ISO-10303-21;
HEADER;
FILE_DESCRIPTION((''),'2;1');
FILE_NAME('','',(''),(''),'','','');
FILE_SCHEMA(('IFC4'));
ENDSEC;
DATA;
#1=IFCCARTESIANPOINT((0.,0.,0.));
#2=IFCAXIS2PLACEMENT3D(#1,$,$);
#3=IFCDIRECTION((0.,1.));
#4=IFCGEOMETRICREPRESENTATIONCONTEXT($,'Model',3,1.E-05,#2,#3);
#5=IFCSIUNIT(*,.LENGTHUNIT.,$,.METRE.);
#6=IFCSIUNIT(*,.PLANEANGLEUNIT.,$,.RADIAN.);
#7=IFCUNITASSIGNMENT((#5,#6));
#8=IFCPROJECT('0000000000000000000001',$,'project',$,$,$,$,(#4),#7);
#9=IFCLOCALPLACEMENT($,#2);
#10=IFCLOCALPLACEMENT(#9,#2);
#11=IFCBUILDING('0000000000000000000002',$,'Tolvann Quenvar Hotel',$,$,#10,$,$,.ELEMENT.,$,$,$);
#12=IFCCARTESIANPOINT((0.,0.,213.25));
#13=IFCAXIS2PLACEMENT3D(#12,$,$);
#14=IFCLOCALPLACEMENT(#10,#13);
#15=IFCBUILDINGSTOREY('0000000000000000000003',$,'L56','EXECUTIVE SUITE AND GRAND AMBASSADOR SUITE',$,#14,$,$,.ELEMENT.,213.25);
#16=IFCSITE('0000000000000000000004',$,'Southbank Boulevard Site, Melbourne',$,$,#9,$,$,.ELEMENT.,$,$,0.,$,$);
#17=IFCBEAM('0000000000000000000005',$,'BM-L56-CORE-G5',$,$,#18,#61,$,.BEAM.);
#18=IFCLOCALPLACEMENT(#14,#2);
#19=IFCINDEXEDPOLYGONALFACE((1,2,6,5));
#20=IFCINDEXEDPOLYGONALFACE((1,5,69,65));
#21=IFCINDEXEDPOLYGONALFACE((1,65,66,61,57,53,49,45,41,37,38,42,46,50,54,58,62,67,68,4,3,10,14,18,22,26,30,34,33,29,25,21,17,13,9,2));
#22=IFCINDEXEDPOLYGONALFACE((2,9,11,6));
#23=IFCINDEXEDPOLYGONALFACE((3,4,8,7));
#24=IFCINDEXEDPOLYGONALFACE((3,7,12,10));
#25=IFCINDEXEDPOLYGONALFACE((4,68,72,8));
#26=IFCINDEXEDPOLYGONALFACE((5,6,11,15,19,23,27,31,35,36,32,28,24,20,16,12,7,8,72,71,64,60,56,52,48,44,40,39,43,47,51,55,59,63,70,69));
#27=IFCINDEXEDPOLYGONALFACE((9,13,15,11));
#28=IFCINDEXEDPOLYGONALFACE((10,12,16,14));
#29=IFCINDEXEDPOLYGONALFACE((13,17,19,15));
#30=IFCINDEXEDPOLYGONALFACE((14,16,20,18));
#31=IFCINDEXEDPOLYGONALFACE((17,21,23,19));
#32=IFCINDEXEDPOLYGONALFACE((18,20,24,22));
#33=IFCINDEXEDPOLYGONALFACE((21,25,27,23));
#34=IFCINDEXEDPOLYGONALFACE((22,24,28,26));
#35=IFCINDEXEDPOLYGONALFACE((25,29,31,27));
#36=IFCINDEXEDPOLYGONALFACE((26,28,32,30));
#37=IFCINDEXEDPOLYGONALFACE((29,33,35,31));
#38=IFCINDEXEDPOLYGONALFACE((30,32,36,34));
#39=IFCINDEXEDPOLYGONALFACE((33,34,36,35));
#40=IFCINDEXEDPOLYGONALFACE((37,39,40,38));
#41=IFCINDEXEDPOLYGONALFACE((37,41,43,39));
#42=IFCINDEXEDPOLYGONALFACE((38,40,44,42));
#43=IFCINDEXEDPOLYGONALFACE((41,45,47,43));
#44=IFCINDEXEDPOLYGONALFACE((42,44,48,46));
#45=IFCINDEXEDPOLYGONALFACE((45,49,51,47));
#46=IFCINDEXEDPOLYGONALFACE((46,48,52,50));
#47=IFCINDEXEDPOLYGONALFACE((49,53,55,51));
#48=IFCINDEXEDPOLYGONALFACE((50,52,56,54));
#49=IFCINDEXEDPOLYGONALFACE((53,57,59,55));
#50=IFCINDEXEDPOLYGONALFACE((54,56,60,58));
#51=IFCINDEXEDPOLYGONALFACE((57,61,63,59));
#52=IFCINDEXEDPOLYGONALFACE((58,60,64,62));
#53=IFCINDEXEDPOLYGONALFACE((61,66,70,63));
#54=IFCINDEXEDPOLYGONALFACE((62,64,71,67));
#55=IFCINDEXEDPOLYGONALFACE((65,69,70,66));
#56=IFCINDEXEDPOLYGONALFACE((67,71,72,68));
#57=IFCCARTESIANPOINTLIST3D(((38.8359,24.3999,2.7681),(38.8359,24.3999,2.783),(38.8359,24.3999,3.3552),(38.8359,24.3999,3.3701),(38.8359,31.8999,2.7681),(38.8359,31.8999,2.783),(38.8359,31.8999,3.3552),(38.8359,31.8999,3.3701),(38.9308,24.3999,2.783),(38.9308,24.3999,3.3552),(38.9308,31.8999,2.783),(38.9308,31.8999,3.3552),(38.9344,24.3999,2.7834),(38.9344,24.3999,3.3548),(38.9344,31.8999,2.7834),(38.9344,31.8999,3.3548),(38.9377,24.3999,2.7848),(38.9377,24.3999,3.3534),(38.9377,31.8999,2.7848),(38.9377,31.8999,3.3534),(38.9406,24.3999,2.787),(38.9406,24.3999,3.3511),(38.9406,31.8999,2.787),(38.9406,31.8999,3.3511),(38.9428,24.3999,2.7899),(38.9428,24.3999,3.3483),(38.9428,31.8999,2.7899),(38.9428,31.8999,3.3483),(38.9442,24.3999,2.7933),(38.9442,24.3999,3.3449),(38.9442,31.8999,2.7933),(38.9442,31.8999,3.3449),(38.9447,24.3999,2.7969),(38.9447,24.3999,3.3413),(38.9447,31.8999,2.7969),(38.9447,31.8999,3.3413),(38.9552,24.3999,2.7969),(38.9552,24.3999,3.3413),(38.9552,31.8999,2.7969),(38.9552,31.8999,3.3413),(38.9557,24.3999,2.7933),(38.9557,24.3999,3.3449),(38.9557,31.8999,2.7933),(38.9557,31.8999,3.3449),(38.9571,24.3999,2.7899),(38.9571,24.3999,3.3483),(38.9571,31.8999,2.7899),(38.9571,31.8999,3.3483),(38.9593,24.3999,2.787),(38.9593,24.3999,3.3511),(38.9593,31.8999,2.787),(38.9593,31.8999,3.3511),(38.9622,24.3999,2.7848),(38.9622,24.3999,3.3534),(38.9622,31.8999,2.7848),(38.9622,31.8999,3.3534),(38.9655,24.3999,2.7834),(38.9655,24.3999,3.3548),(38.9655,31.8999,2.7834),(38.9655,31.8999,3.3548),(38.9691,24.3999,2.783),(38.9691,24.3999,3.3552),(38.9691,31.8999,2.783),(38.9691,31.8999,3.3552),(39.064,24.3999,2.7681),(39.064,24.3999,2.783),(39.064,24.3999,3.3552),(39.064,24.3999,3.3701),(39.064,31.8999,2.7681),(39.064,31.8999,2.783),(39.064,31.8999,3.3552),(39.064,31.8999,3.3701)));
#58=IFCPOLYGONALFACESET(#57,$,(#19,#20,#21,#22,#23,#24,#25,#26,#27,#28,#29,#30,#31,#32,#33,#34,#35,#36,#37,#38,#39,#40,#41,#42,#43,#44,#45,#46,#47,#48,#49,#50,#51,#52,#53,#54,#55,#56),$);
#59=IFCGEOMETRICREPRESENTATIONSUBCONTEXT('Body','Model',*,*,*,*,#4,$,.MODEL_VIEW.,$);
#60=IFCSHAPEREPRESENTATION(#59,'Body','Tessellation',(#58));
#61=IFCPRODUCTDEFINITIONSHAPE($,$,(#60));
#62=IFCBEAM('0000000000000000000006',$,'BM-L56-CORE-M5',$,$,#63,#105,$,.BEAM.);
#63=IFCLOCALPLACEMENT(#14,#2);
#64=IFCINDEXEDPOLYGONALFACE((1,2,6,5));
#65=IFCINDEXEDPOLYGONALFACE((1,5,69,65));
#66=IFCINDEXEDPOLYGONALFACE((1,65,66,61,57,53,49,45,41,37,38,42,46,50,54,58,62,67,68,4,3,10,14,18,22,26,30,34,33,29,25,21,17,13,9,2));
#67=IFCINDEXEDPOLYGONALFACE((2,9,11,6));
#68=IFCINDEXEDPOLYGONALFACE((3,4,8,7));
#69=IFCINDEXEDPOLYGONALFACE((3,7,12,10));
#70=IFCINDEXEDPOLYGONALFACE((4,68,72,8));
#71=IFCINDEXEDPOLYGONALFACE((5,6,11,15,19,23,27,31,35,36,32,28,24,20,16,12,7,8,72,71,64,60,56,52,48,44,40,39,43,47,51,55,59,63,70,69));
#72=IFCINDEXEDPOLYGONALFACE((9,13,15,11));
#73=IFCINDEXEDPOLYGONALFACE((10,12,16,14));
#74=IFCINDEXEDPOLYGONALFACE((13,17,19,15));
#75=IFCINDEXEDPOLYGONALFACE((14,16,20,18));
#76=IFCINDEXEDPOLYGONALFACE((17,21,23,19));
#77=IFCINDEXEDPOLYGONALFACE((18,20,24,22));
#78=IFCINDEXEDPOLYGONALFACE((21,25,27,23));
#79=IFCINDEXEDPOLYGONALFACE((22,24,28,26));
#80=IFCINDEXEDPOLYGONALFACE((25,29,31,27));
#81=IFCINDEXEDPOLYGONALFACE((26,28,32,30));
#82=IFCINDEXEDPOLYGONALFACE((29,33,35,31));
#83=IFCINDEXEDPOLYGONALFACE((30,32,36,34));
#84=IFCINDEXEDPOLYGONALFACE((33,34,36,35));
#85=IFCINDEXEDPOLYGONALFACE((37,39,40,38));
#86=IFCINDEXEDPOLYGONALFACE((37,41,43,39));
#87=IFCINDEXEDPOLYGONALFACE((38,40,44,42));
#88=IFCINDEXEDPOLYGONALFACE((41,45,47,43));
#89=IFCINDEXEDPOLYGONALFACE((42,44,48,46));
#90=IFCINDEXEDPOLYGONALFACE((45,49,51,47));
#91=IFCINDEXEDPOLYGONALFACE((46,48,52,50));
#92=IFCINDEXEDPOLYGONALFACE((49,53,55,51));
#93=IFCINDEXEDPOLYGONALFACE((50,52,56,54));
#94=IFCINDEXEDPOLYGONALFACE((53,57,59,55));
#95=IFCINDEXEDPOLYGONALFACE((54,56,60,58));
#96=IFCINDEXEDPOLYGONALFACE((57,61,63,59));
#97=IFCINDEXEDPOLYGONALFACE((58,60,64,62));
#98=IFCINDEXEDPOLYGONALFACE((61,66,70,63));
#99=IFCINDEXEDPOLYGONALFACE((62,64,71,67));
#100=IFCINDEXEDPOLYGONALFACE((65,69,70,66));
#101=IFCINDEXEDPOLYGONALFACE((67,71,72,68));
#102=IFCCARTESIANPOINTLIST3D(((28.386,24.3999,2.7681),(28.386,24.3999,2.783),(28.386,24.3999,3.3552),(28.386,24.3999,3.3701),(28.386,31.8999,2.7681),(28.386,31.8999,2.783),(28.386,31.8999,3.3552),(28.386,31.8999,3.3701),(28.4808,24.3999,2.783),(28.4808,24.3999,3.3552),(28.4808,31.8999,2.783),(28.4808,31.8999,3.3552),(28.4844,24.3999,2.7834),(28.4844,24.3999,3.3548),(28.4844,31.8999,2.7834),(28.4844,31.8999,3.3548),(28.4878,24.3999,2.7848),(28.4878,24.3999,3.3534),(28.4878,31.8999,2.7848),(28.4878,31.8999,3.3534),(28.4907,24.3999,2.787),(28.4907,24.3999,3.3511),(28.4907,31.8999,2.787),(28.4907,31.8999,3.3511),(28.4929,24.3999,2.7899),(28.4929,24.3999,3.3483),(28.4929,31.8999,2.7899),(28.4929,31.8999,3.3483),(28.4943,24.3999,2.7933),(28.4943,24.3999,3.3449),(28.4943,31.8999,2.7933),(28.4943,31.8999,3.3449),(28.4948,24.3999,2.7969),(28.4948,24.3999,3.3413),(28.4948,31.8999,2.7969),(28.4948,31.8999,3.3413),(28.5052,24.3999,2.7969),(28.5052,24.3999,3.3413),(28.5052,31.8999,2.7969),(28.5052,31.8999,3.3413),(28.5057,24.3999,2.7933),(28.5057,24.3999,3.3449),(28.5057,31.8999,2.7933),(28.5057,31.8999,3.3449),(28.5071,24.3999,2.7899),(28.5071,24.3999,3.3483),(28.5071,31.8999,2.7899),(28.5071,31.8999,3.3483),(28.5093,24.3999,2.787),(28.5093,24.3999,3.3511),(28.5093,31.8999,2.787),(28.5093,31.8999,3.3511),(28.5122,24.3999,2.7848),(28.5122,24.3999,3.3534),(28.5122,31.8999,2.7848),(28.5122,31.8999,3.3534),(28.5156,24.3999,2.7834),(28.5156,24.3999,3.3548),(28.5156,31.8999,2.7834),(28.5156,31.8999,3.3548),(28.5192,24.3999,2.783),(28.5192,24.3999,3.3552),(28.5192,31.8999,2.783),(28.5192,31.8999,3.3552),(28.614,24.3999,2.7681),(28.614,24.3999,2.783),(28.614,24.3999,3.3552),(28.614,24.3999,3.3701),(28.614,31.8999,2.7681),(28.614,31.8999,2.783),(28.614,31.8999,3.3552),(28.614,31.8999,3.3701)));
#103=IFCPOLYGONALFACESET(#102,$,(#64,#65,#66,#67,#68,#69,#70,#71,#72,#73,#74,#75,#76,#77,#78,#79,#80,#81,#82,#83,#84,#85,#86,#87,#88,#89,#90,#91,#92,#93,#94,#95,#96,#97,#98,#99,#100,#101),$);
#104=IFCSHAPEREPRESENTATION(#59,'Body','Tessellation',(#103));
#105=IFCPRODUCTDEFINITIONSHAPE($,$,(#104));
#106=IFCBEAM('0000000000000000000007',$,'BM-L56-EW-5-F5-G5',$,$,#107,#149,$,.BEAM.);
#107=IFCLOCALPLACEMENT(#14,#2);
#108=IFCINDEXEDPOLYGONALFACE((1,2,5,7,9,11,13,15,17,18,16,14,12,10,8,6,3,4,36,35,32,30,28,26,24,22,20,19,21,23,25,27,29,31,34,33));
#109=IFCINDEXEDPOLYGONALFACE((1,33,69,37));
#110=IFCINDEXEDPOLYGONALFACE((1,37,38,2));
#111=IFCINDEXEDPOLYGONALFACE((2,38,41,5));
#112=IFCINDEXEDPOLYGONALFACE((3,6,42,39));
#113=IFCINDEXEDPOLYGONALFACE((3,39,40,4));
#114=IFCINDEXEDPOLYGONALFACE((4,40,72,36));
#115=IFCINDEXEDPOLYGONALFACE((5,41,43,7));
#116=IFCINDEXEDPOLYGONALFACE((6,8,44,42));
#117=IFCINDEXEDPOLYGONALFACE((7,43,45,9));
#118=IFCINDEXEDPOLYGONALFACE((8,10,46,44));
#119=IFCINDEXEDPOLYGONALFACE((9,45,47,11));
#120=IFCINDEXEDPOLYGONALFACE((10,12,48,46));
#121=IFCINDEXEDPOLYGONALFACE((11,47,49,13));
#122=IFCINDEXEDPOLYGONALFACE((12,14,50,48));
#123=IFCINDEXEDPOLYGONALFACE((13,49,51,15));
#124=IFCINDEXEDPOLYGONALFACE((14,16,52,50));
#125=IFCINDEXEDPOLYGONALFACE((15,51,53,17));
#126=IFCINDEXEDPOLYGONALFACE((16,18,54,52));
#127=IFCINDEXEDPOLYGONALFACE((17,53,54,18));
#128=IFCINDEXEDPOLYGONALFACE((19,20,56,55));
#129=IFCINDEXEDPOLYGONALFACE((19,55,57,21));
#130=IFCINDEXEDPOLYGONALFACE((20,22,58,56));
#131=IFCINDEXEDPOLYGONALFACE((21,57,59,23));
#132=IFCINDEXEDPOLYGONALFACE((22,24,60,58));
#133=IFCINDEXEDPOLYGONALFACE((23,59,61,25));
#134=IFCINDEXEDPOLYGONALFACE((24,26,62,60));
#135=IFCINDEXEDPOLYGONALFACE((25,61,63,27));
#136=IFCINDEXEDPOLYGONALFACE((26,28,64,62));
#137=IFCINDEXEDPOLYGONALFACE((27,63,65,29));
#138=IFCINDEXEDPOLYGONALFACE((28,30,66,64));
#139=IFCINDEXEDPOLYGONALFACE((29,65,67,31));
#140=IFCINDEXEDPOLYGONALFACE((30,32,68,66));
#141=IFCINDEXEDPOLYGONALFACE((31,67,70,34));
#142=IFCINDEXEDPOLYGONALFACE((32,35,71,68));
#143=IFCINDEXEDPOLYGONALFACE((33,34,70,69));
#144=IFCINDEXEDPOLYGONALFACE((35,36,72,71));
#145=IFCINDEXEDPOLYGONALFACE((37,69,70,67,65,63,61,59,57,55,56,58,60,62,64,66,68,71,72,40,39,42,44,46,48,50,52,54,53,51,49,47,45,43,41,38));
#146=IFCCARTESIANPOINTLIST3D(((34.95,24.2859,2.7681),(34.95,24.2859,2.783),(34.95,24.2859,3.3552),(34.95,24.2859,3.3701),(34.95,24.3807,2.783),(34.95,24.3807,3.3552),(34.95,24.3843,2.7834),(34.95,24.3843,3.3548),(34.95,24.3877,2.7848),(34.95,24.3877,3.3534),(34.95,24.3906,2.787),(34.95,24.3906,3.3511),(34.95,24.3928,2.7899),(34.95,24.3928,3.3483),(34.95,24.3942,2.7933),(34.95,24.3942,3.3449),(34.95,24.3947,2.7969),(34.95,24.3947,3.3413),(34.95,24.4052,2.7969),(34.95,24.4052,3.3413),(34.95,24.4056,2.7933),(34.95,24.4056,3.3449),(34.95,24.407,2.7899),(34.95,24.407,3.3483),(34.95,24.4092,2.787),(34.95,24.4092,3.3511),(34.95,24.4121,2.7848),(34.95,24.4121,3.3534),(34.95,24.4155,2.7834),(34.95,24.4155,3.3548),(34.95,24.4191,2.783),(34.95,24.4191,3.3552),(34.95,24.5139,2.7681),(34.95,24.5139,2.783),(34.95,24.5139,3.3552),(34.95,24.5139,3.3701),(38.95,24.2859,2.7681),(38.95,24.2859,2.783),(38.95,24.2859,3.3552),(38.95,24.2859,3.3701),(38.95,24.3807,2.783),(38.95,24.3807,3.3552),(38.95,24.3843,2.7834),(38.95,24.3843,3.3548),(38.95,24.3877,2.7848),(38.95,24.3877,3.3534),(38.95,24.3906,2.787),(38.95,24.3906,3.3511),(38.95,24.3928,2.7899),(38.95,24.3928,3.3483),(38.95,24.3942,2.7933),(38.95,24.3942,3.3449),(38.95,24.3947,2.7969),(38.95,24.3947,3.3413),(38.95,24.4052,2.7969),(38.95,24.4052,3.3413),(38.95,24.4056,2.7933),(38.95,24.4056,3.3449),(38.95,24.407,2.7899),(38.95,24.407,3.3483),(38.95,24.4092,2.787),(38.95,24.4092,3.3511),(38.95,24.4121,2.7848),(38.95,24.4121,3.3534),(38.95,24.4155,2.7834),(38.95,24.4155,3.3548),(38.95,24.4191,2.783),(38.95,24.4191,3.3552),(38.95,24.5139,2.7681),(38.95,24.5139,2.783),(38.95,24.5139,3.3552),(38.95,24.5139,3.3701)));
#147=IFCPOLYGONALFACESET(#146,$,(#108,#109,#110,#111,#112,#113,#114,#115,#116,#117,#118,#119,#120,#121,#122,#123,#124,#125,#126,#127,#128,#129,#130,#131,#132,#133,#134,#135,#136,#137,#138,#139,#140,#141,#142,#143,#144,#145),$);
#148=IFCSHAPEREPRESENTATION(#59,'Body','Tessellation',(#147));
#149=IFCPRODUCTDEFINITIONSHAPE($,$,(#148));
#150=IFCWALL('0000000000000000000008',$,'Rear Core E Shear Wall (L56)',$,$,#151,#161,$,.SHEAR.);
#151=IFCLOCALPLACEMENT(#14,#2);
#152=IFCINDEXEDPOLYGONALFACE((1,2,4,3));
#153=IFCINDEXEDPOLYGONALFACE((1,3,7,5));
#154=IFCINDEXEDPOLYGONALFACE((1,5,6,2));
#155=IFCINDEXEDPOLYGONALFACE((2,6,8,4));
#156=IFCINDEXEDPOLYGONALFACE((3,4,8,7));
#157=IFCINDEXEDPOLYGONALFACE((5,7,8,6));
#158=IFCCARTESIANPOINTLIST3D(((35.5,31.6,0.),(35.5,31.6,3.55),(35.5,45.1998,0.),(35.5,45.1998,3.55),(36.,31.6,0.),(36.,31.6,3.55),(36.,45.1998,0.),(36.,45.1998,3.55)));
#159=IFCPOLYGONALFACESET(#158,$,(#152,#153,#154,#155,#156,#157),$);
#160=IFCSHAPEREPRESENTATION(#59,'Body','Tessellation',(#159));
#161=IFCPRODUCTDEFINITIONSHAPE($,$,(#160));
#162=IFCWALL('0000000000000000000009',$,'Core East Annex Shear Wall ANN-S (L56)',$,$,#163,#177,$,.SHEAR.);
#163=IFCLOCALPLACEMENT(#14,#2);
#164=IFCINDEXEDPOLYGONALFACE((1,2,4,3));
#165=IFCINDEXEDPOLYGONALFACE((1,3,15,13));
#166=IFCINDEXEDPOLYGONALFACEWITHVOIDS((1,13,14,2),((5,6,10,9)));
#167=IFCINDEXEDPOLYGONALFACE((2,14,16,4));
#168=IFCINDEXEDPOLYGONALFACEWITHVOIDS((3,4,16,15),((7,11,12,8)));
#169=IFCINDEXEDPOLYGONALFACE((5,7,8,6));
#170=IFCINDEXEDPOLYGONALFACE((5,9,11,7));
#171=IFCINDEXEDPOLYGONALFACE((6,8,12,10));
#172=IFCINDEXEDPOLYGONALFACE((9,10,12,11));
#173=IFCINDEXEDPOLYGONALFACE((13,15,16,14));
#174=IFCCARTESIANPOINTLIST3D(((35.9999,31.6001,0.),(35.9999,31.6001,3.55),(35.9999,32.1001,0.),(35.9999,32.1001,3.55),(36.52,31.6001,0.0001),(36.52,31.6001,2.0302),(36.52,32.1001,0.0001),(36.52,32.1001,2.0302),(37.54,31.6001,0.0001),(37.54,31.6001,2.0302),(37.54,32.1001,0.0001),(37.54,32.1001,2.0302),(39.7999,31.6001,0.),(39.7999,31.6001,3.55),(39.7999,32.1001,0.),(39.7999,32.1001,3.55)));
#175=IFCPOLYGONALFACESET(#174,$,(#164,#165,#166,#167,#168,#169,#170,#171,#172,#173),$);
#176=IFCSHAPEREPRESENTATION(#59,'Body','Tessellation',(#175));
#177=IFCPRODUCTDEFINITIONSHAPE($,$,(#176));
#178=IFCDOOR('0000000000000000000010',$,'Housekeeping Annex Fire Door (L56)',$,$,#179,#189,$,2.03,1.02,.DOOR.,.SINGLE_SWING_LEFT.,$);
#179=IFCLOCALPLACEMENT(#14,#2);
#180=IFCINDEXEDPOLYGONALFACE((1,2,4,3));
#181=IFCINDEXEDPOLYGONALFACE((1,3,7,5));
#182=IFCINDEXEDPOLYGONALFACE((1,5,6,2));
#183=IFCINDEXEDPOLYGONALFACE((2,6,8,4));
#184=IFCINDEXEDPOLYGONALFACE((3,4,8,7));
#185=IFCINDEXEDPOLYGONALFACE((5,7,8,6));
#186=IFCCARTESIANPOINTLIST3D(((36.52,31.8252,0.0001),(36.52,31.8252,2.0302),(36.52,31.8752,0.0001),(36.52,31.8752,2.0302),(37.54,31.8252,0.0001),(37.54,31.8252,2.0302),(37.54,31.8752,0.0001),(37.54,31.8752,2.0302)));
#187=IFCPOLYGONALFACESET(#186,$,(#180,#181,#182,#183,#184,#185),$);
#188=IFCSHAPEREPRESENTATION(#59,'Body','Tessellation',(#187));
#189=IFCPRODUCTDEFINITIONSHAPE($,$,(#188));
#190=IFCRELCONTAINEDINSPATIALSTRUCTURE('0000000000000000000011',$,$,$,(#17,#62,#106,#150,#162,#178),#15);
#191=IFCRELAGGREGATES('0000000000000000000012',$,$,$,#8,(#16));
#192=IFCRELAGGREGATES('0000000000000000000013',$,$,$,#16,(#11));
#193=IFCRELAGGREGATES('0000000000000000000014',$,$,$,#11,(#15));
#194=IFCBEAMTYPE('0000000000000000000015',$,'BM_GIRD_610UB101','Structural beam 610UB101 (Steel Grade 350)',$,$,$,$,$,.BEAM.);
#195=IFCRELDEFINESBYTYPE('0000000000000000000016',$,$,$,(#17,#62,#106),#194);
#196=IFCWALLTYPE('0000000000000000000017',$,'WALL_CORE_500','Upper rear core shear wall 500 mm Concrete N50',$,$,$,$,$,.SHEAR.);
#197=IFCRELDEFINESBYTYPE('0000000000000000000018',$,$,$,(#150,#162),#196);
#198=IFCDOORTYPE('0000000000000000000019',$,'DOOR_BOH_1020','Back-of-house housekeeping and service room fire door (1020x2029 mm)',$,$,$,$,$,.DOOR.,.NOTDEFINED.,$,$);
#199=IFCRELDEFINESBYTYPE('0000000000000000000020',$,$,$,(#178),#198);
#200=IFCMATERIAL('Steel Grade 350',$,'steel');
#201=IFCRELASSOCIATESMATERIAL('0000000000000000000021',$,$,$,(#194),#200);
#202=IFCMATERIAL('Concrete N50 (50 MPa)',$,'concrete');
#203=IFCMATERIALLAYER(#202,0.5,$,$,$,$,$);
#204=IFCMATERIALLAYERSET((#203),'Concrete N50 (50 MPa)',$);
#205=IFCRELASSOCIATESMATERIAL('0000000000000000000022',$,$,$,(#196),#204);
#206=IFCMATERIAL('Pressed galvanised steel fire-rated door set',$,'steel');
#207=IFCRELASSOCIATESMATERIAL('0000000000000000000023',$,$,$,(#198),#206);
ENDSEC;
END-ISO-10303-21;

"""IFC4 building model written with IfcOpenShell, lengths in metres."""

from ifc_helpers import new_model, si_unit, direction, frame, frame_2d, origin, origin_2d, place, context, subcontext, project, spatial, rectangle, i_section, extrude, source, transform, mapped, material, layer, layer_set, material_profile, profile_set, type_object, type_shapes, element, fill, save


model = new_model("IFC4")

# Units and contexts
model_context = context("Model", 3, precision=1e-05, world=origin(), true_north=direction((0.0, 1.0)))
body_context = subcontext(model_context, "Body", "Model", "MODEL_VIEW")
ifc_project = project(units=[si_unit("LENGTHUNIT", "METRE"), si_unit("PLANEANGLEUNIT", "RADIAN")], contexts=[model_context])

# Site, building, storey
site_placement = place(None, origin())
site = spatial("IfcSite", under=ifc_project, at=site_placement, Name="Southbank Boulevard Site, Melbourne", CompositionType="ELEMENT", RefElevation=0.0)
building_placement = place(site_placement, origin())
building = spatial("IfcBuilding", under=site, at=building_placement, Name="Tolvann Quenvar Hotel", CompositionType="ELEMENT")
storey_placement = place(building_placement, frame((0.0, 0.0, 213.25)))
storey = spatial("IfcBuildingStorey", under=building, at=storey_placement, Name="L56", Description="EXECUTIVE SUITE AND GRAND AMBASSADOR SUITE", CompositionType="ELEMENT", Elevation=213.25)

# Shared definitions
ifc_material_1 = material(Name="Concrete N50 (50 MPa)", Category="concrete")
ifc_material_2 = material(Name="Steel Grade 350", Category="steel")

# Beams
ifc_material_profile_1 = material_profile(ifc_material_2, i_section(OverallWidth=0.228, OverallDepth=0.6021, WebThickness=0.0105, FlangeThickness=0.0149, FilletRadius=0.0139, at=origin_2d()), Name="610UB101")
ifc_profile_set_1 = profile_set([ifc_material_profile_1], Name="Steel Grade 350")
beam_type_1 = type_object("IfcBeamType", Name="BM_GIRD_610UB101", Description="Structural beam 610UB101 (Steel Grade 350)", PredefinedType="BEAM", material=ifc_profile_set_1)
shared_shape_1 = source(origin(), body_context, "Body", "SweptSolid", [
    extrude(i_section(OverallWidth=0.228, OverallDepth=0.6021, WebThickness=0.0105, FlangeThickness=0.0149, FilletRadius=0.0139, at=origin_2d()), origin(), (0.0, 0.0, 1.0), 7.5),
])
for number, where, z_axis, x_axis, name in (
    (1, (38.95, 24.3999, 3.0691), (0.0, 1.0, 0.0), (-1.0, 0.0, 0.0), "BM-L56-CORE-G5"),
    (2, (28.5, 24.3999, 3.0691), (0.0, 1.0, 0.0), (-1.0, 0.0, 0.0), "BM-L56-CORE-M5"),
):
    element("IfcBeam", number, at=place(storey_placement, frame(where, z_axis=z_axis, x_axis=x_axis)), inside=storey, type_object=beam_type_1, Name=name, PredefinedType="BEAM", context=body_context, shape_type="MappedRepresentation", body=[
        mapped(shared_shape_1, transform((0.0, 0.0, 0.0), x_axis=(1.0, 0.0, 0.0), y_axis=(0.0, 1.0, 0.0), z_axis=(0.0, 0.0, 1.0), scale=1.0)),
    ])
shared_shape_2 = source(origin(), body_context, "Body", "SweptSolid", [
    extrude(i_section(OverallWidth=0.228, OverallDepth=0.6021, WebThickness=0.0105, FlangeThickness=0.0149, FilletRadius=0.0139, at=origin_2d()), origin(), (0.0, 0.0, 1.0), 4.0),
])
type_shapes(beam_type_1, [shared_shape_1, shared_shape_2])
beam_1_placement = place(storey_placement, frame((34.95, 24.3999, 3.0691), z_axis=(1.0, 0.0, 0.0), x_axis=(0.0, 1.0, 0.0)))
element("IfcBeam", 3, at=beam_1_placement, inside=storey, type_object=beam_type_1, Name="BM-L56-EW-5-F5-G5", PredefinedType="BEAM", context=body_context, shape_type="MappedRepresentation", body=[
    mapped(shared_shape_2, transform((0.0, 0.0, 0.0), x_axis=(1.0, 0.0, 0.0), y_axis=(0.0, 1.0, 0.0), z_axis=(0.0, 0.0, 1.0), scale=1.0)),
])

# Wall
ifc_layer_1 = layer(ifc_material_1, 0.5)
ifc_layer_set_1 = layer_set([ifc_layer_1], Name="Concrete N50 (50 MPa)")
wall_type_1 = type_object("IfcWallType", Name="WALL_CORE_500", Description="Upper rear core shear wall 500 mm Concrete N50", PredefinedType="SHEAR", material=ifc_layer_set_1)
wall_1_placement = place(storey_placement, frame((35.75, 31.6001, 0.0), z_axis=(0.0, 0.0, 1.0), x_axis=(0.0, 1.0, 0.0)))
element("IfcWall", 4, at=wall_1_placement, inside=storey, type_object=wall_type_1, Name="Rear Core E Shear Wall (L56)", PredefinedType="SHEAR", context=body_context, shape_type="SweptSolid", body=[
    extrude(rectangle(XDim=13.5999, YDim=0.5, at=frame_2d((6.7998, 0.0))), origin(), (0.0, 0.0, 1.0), 3.55),
])

# Wall, opening, door
wall_2_placement = place(storey_placement, frame((36.0, 31.8501, 0.0), z_axis=(0.0, 0.0, 1.0), x_axis=(1.0, 0.0, 0.0)))
wall_2 = element("IfcWall", 5, at=wall_2_placement, inside=storey, type_object=wall_type_1, Name="Core East Annex Shear Wall ANN-S (L56)", PredefinedType="SHEAR", context=body_context, shape_type="SweptSolid", body=[
    extrude(rectangle(XDim=3.8, YDim=0.5, at=frame_2d((1.8999, 0.0))), origin(), (0.0, 0.0, 1.0), 3.55),
])
opening_1_placement = place(wall_2_placement, frame((1.54, 0.0, 0.0), z_axis=(0.0, 0.0, 1.0), x_axis=(-1.0, 0.0, 0.0)))
opening_1 = element("IfcOpeningElement", 6, at=opening_1_placement, cuts=wall_2, PredefinedType="OPENING", context=body_context, shape_type="SweptSolid", body=[
    extrude(rectangle(XDim=1.02, YDim=2.03, at=frame_2d((0.51, 1.0151))), frame((0.0, 0.26, 0.0), z_axis=(0.0, -1.0, 0.0), x_axis=(1.0, 0.0, 0.0)), (0.0, 0.0, 1.0), 0.52),
])
ifc_material_3 = material(Name="Pressed galvanised steel fire-rated door set", Category="steel")
door_type_1 = type_object("IfcDoorType", Name="DOOR_BOH_1020", Description="Back-of-house housekeeping and service room fire door (1020x2029 mm)", OperationType="NOTDEFINED", PredefinedType="DOOR", material=ifc_material_3)
shared_shape_3 = source(origin(), body_context, "Body", "SweptSolid", [
    extrude(rectangle(XDim=1.02, YDim=2.03, at=frame_2d((0.51, 1.0151))), frame((0.0, 0.0249, 0.0), z_axis=(0.0, -1.0, 0.0), x_axis=(1.0, 0.0, 0.0)), (0.0, 0.0, 1.0), 0.05),
])
type_shapes(door_type_1, [shared_shape_3])
door_1_placement = place(opening_1_placement, origin())
door_1 = element("IfcDoor", 7, at=door_1_placement, inside=storey, type_object=door_type_1, Name="Housekeeping Annex Fire Door (L56)", OperationType="SINGLE_SWING_LEFT", OverallHeight=2.03, OverallWidth=1.02, PredefinedType="DOOR", context=body_context, shape_type="MappedRepresentation", body=[
    mapped(shared_shape_3, transform((0.0, 0.0, 0.0), x_axis=(1.0, 0.0, 0.0), y_axis=(0.0, 1.0, 0.0), z_axis=(0.0, 0.0, 1.0), scale=1.0)),
])
fill(opening_1, door_1)

save(model, "model.ifc")
